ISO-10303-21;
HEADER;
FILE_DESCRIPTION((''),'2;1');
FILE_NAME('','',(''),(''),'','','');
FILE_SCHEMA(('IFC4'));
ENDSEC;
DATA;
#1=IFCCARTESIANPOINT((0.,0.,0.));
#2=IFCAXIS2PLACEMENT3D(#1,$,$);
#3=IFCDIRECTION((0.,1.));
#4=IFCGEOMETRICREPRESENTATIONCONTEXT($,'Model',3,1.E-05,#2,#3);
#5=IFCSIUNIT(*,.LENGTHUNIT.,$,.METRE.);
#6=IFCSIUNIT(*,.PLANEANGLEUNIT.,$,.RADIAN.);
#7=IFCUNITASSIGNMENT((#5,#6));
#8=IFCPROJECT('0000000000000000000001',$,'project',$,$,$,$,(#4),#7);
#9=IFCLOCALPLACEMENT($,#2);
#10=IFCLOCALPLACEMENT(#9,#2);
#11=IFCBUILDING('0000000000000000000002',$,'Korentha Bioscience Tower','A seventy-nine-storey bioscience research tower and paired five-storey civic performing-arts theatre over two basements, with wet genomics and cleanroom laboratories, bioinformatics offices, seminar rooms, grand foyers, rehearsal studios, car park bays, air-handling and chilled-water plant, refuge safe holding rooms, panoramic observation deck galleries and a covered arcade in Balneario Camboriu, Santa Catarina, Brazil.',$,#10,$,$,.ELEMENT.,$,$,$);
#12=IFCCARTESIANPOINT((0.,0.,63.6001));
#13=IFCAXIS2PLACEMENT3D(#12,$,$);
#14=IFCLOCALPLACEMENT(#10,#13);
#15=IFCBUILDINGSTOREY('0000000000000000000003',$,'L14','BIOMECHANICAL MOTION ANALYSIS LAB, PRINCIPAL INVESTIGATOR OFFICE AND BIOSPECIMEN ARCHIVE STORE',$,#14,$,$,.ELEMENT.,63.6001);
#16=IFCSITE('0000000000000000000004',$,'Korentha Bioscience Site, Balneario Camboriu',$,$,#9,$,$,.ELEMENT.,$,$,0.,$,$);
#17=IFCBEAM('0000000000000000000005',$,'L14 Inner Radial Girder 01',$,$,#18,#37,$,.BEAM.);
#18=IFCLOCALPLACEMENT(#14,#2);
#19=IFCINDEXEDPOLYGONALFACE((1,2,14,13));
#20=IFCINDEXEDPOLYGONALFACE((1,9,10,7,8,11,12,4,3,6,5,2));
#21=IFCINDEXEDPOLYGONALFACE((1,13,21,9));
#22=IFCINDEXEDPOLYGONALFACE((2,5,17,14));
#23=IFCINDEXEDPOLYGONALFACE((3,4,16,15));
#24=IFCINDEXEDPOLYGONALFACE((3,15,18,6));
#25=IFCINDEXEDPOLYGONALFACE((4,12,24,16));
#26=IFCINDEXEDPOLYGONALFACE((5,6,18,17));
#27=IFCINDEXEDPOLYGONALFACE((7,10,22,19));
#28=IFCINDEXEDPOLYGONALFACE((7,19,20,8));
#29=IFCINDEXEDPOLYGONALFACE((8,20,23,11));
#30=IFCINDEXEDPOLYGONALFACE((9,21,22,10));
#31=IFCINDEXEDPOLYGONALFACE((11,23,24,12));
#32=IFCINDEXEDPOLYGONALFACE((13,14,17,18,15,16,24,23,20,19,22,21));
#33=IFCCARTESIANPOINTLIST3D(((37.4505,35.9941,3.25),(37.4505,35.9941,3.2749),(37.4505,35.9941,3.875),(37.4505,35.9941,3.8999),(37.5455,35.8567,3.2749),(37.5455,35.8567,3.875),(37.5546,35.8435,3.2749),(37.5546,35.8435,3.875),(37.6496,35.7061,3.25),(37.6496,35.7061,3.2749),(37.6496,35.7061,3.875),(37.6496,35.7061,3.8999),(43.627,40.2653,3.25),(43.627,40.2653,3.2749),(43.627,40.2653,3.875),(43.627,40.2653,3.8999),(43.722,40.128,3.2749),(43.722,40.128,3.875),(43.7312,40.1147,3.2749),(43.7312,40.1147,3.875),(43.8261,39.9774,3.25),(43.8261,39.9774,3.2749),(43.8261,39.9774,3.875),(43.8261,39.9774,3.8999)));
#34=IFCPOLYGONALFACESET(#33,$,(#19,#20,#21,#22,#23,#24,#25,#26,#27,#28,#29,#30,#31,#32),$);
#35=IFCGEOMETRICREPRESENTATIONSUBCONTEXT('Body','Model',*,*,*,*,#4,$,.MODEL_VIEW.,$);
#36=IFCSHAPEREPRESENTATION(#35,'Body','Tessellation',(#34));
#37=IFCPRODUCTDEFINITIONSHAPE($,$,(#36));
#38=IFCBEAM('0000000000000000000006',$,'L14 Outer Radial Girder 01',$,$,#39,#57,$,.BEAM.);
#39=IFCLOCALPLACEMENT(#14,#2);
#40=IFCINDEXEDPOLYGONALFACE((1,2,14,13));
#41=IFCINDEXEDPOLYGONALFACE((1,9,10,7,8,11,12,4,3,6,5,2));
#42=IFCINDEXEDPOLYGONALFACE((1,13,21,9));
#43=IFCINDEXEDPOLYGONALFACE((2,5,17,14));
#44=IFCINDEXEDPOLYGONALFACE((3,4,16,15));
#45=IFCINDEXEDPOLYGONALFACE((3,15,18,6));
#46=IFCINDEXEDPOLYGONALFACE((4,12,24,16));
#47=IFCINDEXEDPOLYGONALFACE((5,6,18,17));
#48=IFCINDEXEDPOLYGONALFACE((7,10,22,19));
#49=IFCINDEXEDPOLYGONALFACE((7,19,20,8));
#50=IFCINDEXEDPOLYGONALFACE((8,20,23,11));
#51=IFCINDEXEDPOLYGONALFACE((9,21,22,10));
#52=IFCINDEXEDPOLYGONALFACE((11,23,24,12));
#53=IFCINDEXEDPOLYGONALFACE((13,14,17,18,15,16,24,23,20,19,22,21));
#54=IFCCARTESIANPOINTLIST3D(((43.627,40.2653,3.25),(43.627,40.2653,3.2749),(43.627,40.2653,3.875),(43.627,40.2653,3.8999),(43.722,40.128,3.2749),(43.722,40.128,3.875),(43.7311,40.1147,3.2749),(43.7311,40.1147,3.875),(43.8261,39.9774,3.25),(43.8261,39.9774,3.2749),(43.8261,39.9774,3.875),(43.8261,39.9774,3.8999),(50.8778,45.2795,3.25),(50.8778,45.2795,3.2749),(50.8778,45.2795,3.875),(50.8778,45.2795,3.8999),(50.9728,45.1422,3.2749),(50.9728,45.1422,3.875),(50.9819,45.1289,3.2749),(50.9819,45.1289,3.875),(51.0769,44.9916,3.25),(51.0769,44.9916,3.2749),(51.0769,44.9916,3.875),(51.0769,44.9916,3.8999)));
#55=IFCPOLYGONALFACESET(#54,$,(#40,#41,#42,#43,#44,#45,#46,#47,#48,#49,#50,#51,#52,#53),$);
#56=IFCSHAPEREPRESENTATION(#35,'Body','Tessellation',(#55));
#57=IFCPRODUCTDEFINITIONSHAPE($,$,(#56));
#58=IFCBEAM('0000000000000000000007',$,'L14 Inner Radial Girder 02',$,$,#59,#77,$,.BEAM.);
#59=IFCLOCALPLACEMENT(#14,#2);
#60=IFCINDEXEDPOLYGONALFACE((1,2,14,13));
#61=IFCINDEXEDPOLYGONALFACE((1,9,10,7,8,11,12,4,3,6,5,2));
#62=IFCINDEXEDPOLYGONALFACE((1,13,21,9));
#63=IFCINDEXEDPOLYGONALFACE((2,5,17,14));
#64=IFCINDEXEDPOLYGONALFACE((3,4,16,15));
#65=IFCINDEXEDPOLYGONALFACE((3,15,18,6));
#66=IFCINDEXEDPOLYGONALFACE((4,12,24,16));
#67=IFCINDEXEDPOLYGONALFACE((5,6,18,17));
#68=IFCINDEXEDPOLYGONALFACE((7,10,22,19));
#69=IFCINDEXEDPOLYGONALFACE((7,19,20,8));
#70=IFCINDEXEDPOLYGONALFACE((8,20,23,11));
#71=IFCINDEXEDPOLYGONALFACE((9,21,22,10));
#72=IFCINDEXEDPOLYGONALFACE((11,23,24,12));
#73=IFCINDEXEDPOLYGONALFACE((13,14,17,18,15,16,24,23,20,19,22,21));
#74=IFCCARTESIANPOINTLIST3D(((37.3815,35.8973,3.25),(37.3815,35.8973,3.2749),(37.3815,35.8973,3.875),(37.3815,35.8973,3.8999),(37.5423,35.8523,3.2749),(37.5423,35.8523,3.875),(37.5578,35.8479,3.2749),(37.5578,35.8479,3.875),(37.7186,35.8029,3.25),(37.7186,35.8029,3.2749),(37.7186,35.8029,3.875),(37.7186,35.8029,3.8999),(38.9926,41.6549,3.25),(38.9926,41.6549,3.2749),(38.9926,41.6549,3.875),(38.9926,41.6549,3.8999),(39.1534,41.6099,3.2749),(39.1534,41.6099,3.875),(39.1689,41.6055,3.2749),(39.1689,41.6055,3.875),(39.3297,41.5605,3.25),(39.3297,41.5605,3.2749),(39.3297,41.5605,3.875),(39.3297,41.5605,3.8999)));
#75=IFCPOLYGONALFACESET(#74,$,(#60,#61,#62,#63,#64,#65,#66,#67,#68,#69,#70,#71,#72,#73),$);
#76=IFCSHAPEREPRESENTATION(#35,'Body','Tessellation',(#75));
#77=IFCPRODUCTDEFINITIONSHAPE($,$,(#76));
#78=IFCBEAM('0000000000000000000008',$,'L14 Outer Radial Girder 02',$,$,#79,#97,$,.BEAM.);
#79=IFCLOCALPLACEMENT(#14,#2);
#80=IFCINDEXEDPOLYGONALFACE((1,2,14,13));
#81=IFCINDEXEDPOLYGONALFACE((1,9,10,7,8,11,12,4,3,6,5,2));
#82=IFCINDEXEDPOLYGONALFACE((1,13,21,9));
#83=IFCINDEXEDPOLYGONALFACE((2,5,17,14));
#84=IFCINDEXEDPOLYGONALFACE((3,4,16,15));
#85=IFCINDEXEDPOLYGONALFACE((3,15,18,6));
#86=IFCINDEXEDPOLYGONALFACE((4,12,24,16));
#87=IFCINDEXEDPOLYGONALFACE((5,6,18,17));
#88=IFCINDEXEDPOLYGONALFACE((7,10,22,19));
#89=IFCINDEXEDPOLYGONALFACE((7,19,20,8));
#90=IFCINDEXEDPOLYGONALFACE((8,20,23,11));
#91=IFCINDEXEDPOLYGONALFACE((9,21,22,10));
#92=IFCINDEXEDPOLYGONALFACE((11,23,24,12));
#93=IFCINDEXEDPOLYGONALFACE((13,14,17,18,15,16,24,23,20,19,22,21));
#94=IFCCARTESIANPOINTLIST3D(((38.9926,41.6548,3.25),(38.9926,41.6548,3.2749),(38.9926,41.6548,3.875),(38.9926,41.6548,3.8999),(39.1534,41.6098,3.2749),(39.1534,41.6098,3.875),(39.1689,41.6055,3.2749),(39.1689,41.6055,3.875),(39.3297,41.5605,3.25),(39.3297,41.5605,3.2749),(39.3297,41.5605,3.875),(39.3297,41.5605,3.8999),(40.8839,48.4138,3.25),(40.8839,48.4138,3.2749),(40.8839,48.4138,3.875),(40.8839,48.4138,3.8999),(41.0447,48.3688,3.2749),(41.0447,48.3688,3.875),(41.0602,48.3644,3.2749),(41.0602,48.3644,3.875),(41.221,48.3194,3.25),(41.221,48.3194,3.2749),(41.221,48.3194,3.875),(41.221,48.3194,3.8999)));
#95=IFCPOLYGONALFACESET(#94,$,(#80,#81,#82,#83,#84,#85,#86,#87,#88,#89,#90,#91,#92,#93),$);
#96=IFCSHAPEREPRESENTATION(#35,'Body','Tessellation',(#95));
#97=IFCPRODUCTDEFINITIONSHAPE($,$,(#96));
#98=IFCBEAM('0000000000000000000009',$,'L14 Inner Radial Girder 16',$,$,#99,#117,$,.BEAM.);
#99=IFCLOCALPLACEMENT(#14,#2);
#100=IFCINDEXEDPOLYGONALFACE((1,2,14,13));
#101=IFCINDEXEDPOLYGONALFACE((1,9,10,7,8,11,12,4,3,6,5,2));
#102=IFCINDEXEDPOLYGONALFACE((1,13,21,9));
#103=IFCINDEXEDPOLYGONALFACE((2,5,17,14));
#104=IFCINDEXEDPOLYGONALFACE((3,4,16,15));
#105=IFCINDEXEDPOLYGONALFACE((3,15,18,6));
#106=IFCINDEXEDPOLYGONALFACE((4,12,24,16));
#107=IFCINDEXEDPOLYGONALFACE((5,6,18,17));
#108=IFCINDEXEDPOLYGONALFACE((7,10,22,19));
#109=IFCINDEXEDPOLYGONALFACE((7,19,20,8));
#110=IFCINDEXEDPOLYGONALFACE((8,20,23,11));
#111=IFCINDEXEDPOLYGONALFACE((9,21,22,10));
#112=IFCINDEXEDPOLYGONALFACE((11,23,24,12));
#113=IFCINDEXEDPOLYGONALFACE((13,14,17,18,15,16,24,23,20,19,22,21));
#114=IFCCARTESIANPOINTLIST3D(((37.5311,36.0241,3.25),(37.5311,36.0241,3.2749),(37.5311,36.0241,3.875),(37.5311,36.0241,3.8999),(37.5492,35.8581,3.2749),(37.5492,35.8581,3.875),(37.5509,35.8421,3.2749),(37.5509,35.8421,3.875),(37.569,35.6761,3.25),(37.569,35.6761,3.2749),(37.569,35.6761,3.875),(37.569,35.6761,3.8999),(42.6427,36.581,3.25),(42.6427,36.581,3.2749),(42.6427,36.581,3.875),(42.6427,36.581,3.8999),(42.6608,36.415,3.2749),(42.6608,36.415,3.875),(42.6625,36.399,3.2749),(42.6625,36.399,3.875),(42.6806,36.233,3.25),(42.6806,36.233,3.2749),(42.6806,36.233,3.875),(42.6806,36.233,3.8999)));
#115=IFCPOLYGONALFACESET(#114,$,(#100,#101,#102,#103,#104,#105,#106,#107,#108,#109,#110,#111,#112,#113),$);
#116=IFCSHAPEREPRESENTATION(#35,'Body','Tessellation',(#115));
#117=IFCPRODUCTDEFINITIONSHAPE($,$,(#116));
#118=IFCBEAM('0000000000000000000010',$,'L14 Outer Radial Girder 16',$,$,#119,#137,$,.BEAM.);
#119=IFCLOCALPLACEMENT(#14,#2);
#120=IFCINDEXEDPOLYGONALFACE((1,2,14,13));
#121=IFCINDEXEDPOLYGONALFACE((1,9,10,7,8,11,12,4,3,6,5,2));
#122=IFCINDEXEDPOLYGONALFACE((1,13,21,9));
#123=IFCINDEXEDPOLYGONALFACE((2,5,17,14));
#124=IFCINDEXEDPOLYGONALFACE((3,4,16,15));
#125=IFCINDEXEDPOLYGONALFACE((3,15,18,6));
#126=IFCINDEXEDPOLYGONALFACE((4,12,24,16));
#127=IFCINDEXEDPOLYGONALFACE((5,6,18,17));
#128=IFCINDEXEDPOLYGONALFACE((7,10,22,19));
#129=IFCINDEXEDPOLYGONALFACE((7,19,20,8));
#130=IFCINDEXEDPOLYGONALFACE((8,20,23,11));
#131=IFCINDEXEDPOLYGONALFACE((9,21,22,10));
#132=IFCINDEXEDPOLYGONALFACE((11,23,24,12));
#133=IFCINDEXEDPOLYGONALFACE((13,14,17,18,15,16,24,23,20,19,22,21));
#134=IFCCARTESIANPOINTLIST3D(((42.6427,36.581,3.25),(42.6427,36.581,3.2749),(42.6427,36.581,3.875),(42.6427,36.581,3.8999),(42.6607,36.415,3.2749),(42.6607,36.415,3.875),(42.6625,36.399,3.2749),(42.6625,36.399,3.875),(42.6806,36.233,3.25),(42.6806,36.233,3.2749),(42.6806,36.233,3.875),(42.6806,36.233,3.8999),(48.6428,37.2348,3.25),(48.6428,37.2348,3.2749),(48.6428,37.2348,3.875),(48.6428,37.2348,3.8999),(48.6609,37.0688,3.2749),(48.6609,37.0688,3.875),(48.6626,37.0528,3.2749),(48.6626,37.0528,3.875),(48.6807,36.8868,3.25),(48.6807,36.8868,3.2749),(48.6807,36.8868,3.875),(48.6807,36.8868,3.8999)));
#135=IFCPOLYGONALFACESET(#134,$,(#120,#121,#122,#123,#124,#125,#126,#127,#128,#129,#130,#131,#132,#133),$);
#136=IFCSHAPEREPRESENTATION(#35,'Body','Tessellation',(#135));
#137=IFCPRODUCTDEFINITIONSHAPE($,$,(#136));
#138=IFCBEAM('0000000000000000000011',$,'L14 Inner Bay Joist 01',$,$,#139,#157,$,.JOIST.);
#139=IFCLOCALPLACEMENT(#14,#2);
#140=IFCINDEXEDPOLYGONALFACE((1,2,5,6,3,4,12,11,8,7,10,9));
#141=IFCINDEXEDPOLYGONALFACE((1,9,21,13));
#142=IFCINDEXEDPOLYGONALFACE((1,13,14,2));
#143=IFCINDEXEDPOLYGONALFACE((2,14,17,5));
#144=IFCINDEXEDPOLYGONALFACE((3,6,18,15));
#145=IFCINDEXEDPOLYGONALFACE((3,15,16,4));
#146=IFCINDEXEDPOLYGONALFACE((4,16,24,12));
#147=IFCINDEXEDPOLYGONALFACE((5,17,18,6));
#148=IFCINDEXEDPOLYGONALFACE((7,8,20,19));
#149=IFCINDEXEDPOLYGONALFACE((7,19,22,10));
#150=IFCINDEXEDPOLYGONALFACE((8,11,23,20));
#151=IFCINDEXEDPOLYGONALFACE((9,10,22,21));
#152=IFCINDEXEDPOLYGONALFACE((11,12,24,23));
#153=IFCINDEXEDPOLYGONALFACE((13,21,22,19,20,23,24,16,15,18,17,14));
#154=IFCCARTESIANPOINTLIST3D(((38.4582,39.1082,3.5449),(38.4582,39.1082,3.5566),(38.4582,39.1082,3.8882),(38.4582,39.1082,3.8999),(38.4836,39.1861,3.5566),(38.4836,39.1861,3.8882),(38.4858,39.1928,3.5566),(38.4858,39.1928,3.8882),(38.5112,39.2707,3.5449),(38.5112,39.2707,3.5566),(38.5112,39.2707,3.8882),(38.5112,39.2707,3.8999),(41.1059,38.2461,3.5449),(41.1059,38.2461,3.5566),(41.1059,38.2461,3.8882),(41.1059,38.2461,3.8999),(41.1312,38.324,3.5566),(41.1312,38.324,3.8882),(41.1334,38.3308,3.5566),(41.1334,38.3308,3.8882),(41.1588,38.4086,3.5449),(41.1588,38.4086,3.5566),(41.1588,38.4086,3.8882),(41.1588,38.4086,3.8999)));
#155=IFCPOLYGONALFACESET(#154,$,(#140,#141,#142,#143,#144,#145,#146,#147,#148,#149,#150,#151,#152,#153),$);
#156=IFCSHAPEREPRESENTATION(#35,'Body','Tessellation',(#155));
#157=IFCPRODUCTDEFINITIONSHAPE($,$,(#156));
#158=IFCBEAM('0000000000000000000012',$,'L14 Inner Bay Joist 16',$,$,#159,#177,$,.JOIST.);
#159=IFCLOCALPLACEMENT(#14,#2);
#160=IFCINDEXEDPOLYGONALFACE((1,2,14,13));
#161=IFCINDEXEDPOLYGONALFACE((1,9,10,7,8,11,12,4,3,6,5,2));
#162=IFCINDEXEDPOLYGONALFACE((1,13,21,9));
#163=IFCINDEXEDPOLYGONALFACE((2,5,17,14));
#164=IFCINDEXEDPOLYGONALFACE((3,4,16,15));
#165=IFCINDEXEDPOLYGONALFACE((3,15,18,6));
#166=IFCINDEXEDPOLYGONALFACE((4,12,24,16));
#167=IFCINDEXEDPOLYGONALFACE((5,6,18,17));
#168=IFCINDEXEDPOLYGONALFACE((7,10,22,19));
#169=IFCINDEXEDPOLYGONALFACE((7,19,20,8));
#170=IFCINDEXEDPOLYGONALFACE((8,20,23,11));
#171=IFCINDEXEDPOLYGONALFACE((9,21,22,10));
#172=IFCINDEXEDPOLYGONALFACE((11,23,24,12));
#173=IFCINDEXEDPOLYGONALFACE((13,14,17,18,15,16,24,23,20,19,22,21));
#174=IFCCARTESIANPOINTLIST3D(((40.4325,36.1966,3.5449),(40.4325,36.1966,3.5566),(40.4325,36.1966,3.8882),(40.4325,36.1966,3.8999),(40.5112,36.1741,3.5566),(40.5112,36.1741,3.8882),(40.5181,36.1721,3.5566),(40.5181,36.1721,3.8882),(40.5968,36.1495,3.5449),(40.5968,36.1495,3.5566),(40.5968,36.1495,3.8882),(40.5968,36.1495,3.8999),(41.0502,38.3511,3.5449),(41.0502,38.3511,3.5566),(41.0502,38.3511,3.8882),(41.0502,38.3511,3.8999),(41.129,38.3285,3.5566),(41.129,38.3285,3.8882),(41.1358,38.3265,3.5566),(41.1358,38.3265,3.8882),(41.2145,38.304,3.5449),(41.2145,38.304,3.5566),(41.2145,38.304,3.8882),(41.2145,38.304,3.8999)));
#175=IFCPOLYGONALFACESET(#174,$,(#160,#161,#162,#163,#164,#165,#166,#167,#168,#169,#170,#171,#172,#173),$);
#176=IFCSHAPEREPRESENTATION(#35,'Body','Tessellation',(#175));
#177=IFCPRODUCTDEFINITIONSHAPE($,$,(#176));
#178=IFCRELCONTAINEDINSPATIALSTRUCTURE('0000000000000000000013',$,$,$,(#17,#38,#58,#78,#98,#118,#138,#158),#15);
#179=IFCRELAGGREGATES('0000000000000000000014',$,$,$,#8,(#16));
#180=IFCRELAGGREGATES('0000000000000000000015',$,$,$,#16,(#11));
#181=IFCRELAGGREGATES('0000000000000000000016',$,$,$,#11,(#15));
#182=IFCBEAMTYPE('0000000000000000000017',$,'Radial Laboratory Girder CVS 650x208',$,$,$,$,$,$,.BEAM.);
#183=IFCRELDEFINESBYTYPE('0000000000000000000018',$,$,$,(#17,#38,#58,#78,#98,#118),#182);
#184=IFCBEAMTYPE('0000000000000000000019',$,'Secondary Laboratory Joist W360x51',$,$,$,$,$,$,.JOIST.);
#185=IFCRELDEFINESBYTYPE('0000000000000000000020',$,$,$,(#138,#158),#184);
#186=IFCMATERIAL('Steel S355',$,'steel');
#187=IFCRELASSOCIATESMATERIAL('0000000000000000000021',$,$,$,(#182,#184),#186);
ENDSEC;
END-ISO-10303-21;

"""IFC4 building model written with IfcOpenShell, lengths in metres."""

from ifc_helpers import new_model, si_unit, direction, frame, origin, origin_2d, place, context, subcontext, project, spatial, i_section, extrude, material, material_profile, profile_set, type_object, element, save


model = new_model("IFC4")

# Units and contexts
model_context = context("Model", 3, precision=1e-05, world=origin(), true_north=direction((0.0, 1.0)))
body_context = subcontext(model_context, "Body", "Model", "MODEL_VIEW")
ifc_project = project(units=[si_unit("LENGTHUNIT", "METRE"), si_unit("PLANEANGLEUNIT", "RADIAN")], contexts=[model_context])

# Site, building, storey
site_placement = place(None, origin())
site = spatial("IfcSite", under=ifc_project, at=site_placement, Name="Korentha Bioscience Site, Balneario Camboriu", CompositionType="ELEMENT", RefElevation=0.0)
building_placement = place(site_placement, origin())
building = spatial("IfcBuilding", under=site, at=building_placement, Name="Korentha Bioscience Tower", Description="A seventy-nine-storey bioscience research tower and paired five-storey civic performing-arts theatre over two basements, with wet genomics and cleanroom laboratories, bioinformatics offices, seminar rooms, grand foyers, rehearsal studios, car park bays, air-handling and chilled-water plant, refuge safe holding rooms, panoramic observation deck galleries and a covered arcade in Balneario Camboriu, Santa Catarina, Brazil.", CompositionType="ELEMENT")
storey_placement = place(building_placement, frame((0.0, 0.0, 63.6001)))
storey = spatial("IfcBuildingStorey", under=building, at=storey_placement, Name="L14", Description="BIOMECHANICAL MOTION ANALYSIS LAB, PRINCIPAL INVESTIGATOR OFFICE AND BIOSPECIMEN ARCHIVE STORE", CompositionType="ELEMENT", Elevation=63.6001)

# Beams
ifc_material_1 = material(Name="Steel S355", Category="steel")
ifc_material_profile_1 = material_profile(ifc_material_1, i_section(OverallWidth=0.3501, OverallDepth=0.6499, WebThickness=0.0161, FlangeThickness=0.0249, at=origin_2d()), Name="Steel S355")
ifc_profile_set_1 = profile_set([ifc_material_profile_1], Name="Steel S355 (RB-650)")
beam_type_1 = type_object("IfcBeamType", Name="Radial Laboratory Girder CVS 650x208", PredefinedType="BEAM", material=ifc_profile_set_1)
beam_1_placement = place(storey_placement, frame((37.55, 35.8501, 3.575), z_axis=(0.822492, 0.568777, 0.0), x_axis=(-0.568777, 0.822492, 0.0)))
element("IfcBeam", 1, at=beam_1_placement, inside=storey, type_object=beam_type_1, Name="L14 Inner Radial Girder 01", PredefinedType="BEAM", context=body_context, shape_type="SweptSolid", body=[
    extrude(i_section(OverallWidth=0.3501, OverallDepth=0.6499, WebThickness=0.0161, FlangeThickness=0.0249, at=origin_2d()), origin(), (0.0, 0.0, 1.0), 7.5095),
])
beam_2_placement = place(storey_placement, frame((43.7266, 40.1213, 3.575), z_axis=(0.822488, 0.568782, 0.0), x_axis=(-0.568782, 0.822488, 0.0)))
element("IfcBeam", 2, at=beam_2_placement, inside=storey, type_object=beam_type_1, Name="L14 Outer Radial Girder 01", PredefinedType="BEAM", context=body_context, shape_type="SweptSolid", body=[
    extrude(i_section(OverallWidth=0.3501, OverallDepth=0.6499, WebThickness=0.0161, FlangeThickness=0.0249, at=origin_2d()), origin(), (0.0, 0.0, 1.0), 8.8157),
])
beam_3_placement = place(storey_placement, frame((37.55, 35.8501, 3.575), z_axis=(0.269469, 0.963009, 0.0), x_axis=(-0.963009, 0.269469, 0.0)))
element("IfcBeam", 3, at=beam_3_placement, inside=storey, type_object=beam_type_1, Name="L14 Inner Radial Girder 02", PredefinedType="BEAM", context=body_context, shape_type="SweptSolid", body=[
    extrude(i_section(OverallWidth=0.3501, OverallDepth=0.6499, WebThickness=0.0161, FlangeThickness=0.0249, at=origin_2d()), origin(), (0.0, 0.0, 1.0), 5.9788),
])
beam_4_placement = place(storey_placement, frame((39.1611, 41.6077, 3.575), z_axis=(0.269475, 0.963007, 0.0), x_axis=(-0.963007, 0.269475, 0.0)))
element("IfcBeam", 4, at=beam_4_placement, inside=storey, type_object=beam_type_1, Name="L14 Outer Radial Girder 02", PredefinedType="BEAM", context=body_context, shape_type="SweptSolid", body=[
    extrude(i_section(OverallWidth=0.3501, OverallDepth=0.6499, WebThickness=0.0161, FlangeThickness=0.0249, at=origin_2d()), origin(), (0.0, 0.0, 1.0), 7.0186),
])
beam_5_placement = place(storey_placement, frame((37.55, 35.8501, 3.575), z_axis=(0.994118, 0.108305, 0.0), x_axis=(-0.108305, 0.994118, 0.0)))
element("IfcBeam", 5, at=beam_5_placement, inside=storey, type_object=beam_type_1, Name="L14 Inner Radial Girder 16", PredefinedType="BEAM", context=body_context, shape_type="SweptSolid", body=[
    extrude(i_section(OverallWidth=0.3501, OverallDepth=0.6499, WebThickness=0.0161, FlangeThickness=0.0249, at=origin_2d()), origin(), (0.0, 0.0, 1.0), 5.1418),
])
beam_6_placement = place(storey_placement, frame((42.6616, 36.407, 3.575), z_axis=(0.994116, 0.108323, 0.0), x_axis=(-0.108323, 0.994116, 0.0)))
element("IfcBeam", 6, at=beam_6_placement, inside=storey, type_object=beam_type_1, Name="L14 Outer Radial Girder 16", PredefinedType="BEAM", context=body_context, shape_type="SweptSolid", body=[
    extrude(i_section(OverallWidth=0.3501, OverallDepth=0.6499, WebThickness=0.0161, FlangeThickness=0.0249, at=origin_2d()), origin(), (0.0, 0.0, 1.0), 6.0356),
])
ifc_material_profile_2 = material_profile(ifc_material_1, i_section(OverallWidth=0.1709, OverallDepth=0.355, WebThickness=0.0071, FlangeThickness=0.0117, at=origin_2d()), Name="Steel S355")
ifc_profile_set_2 = profile_set([ifc_material_profile_2], Name="Steel S355 (JB-360)")
beam_type_2 = type_object("IfcBeamType", Name="Secondary Laboratory Joist W360x51", PredefinedType="JOIST", material=ifc_profile_set_2)
beam_7_placement = place(storey_placement, frame((41.1323, 38.3274, 3.7224), z_axis=(-0.95087, 0.309592, 0.0), x_axis=(-0.309592, -0.95087, 0.0)))
element("IfcBeam", 7, at=beam_7_placement, inside=storey, type_object=beam_type_2, Name="L14 Inner Bay Joist 01", PredefinedType="JOIST", context=body_context, shape_type="SweptSolid", body=[
    extrude(i_section(OverallWidth=0.1709, OverallDepth=0.355, WebThickness=0.0071, FlangeThickness=0.0117, at=origin_2d()), origin(), (0.0, 0.0, 1.0), 2.7844),
])
beam_8_placement = place(storey_placement, frame((40.5146, 36.1731, 3.7224), z_axis=(0.275613, 0.961269, 0.0), x_axis=(-0.961269, 0.275613, 0.0)))
element("IfcBeam", 8, at=beam_8_placement, inside=storey, type_object=beam_type_2, Name="L14 Inner Bay Joist 16", PredefinedType="JOIST", context=body_context, shape_type="SweptSolid", body=[
    extrude(i_section(OverallWidth=0.1709, OverallDepth=0.355, WebThickness=0.0071, FlangeThickness=0.0117, at=origin_2d()), origin(), (0.0, 0.0, 1.0), 2.2412),
])

save(model, "model.ifc")
